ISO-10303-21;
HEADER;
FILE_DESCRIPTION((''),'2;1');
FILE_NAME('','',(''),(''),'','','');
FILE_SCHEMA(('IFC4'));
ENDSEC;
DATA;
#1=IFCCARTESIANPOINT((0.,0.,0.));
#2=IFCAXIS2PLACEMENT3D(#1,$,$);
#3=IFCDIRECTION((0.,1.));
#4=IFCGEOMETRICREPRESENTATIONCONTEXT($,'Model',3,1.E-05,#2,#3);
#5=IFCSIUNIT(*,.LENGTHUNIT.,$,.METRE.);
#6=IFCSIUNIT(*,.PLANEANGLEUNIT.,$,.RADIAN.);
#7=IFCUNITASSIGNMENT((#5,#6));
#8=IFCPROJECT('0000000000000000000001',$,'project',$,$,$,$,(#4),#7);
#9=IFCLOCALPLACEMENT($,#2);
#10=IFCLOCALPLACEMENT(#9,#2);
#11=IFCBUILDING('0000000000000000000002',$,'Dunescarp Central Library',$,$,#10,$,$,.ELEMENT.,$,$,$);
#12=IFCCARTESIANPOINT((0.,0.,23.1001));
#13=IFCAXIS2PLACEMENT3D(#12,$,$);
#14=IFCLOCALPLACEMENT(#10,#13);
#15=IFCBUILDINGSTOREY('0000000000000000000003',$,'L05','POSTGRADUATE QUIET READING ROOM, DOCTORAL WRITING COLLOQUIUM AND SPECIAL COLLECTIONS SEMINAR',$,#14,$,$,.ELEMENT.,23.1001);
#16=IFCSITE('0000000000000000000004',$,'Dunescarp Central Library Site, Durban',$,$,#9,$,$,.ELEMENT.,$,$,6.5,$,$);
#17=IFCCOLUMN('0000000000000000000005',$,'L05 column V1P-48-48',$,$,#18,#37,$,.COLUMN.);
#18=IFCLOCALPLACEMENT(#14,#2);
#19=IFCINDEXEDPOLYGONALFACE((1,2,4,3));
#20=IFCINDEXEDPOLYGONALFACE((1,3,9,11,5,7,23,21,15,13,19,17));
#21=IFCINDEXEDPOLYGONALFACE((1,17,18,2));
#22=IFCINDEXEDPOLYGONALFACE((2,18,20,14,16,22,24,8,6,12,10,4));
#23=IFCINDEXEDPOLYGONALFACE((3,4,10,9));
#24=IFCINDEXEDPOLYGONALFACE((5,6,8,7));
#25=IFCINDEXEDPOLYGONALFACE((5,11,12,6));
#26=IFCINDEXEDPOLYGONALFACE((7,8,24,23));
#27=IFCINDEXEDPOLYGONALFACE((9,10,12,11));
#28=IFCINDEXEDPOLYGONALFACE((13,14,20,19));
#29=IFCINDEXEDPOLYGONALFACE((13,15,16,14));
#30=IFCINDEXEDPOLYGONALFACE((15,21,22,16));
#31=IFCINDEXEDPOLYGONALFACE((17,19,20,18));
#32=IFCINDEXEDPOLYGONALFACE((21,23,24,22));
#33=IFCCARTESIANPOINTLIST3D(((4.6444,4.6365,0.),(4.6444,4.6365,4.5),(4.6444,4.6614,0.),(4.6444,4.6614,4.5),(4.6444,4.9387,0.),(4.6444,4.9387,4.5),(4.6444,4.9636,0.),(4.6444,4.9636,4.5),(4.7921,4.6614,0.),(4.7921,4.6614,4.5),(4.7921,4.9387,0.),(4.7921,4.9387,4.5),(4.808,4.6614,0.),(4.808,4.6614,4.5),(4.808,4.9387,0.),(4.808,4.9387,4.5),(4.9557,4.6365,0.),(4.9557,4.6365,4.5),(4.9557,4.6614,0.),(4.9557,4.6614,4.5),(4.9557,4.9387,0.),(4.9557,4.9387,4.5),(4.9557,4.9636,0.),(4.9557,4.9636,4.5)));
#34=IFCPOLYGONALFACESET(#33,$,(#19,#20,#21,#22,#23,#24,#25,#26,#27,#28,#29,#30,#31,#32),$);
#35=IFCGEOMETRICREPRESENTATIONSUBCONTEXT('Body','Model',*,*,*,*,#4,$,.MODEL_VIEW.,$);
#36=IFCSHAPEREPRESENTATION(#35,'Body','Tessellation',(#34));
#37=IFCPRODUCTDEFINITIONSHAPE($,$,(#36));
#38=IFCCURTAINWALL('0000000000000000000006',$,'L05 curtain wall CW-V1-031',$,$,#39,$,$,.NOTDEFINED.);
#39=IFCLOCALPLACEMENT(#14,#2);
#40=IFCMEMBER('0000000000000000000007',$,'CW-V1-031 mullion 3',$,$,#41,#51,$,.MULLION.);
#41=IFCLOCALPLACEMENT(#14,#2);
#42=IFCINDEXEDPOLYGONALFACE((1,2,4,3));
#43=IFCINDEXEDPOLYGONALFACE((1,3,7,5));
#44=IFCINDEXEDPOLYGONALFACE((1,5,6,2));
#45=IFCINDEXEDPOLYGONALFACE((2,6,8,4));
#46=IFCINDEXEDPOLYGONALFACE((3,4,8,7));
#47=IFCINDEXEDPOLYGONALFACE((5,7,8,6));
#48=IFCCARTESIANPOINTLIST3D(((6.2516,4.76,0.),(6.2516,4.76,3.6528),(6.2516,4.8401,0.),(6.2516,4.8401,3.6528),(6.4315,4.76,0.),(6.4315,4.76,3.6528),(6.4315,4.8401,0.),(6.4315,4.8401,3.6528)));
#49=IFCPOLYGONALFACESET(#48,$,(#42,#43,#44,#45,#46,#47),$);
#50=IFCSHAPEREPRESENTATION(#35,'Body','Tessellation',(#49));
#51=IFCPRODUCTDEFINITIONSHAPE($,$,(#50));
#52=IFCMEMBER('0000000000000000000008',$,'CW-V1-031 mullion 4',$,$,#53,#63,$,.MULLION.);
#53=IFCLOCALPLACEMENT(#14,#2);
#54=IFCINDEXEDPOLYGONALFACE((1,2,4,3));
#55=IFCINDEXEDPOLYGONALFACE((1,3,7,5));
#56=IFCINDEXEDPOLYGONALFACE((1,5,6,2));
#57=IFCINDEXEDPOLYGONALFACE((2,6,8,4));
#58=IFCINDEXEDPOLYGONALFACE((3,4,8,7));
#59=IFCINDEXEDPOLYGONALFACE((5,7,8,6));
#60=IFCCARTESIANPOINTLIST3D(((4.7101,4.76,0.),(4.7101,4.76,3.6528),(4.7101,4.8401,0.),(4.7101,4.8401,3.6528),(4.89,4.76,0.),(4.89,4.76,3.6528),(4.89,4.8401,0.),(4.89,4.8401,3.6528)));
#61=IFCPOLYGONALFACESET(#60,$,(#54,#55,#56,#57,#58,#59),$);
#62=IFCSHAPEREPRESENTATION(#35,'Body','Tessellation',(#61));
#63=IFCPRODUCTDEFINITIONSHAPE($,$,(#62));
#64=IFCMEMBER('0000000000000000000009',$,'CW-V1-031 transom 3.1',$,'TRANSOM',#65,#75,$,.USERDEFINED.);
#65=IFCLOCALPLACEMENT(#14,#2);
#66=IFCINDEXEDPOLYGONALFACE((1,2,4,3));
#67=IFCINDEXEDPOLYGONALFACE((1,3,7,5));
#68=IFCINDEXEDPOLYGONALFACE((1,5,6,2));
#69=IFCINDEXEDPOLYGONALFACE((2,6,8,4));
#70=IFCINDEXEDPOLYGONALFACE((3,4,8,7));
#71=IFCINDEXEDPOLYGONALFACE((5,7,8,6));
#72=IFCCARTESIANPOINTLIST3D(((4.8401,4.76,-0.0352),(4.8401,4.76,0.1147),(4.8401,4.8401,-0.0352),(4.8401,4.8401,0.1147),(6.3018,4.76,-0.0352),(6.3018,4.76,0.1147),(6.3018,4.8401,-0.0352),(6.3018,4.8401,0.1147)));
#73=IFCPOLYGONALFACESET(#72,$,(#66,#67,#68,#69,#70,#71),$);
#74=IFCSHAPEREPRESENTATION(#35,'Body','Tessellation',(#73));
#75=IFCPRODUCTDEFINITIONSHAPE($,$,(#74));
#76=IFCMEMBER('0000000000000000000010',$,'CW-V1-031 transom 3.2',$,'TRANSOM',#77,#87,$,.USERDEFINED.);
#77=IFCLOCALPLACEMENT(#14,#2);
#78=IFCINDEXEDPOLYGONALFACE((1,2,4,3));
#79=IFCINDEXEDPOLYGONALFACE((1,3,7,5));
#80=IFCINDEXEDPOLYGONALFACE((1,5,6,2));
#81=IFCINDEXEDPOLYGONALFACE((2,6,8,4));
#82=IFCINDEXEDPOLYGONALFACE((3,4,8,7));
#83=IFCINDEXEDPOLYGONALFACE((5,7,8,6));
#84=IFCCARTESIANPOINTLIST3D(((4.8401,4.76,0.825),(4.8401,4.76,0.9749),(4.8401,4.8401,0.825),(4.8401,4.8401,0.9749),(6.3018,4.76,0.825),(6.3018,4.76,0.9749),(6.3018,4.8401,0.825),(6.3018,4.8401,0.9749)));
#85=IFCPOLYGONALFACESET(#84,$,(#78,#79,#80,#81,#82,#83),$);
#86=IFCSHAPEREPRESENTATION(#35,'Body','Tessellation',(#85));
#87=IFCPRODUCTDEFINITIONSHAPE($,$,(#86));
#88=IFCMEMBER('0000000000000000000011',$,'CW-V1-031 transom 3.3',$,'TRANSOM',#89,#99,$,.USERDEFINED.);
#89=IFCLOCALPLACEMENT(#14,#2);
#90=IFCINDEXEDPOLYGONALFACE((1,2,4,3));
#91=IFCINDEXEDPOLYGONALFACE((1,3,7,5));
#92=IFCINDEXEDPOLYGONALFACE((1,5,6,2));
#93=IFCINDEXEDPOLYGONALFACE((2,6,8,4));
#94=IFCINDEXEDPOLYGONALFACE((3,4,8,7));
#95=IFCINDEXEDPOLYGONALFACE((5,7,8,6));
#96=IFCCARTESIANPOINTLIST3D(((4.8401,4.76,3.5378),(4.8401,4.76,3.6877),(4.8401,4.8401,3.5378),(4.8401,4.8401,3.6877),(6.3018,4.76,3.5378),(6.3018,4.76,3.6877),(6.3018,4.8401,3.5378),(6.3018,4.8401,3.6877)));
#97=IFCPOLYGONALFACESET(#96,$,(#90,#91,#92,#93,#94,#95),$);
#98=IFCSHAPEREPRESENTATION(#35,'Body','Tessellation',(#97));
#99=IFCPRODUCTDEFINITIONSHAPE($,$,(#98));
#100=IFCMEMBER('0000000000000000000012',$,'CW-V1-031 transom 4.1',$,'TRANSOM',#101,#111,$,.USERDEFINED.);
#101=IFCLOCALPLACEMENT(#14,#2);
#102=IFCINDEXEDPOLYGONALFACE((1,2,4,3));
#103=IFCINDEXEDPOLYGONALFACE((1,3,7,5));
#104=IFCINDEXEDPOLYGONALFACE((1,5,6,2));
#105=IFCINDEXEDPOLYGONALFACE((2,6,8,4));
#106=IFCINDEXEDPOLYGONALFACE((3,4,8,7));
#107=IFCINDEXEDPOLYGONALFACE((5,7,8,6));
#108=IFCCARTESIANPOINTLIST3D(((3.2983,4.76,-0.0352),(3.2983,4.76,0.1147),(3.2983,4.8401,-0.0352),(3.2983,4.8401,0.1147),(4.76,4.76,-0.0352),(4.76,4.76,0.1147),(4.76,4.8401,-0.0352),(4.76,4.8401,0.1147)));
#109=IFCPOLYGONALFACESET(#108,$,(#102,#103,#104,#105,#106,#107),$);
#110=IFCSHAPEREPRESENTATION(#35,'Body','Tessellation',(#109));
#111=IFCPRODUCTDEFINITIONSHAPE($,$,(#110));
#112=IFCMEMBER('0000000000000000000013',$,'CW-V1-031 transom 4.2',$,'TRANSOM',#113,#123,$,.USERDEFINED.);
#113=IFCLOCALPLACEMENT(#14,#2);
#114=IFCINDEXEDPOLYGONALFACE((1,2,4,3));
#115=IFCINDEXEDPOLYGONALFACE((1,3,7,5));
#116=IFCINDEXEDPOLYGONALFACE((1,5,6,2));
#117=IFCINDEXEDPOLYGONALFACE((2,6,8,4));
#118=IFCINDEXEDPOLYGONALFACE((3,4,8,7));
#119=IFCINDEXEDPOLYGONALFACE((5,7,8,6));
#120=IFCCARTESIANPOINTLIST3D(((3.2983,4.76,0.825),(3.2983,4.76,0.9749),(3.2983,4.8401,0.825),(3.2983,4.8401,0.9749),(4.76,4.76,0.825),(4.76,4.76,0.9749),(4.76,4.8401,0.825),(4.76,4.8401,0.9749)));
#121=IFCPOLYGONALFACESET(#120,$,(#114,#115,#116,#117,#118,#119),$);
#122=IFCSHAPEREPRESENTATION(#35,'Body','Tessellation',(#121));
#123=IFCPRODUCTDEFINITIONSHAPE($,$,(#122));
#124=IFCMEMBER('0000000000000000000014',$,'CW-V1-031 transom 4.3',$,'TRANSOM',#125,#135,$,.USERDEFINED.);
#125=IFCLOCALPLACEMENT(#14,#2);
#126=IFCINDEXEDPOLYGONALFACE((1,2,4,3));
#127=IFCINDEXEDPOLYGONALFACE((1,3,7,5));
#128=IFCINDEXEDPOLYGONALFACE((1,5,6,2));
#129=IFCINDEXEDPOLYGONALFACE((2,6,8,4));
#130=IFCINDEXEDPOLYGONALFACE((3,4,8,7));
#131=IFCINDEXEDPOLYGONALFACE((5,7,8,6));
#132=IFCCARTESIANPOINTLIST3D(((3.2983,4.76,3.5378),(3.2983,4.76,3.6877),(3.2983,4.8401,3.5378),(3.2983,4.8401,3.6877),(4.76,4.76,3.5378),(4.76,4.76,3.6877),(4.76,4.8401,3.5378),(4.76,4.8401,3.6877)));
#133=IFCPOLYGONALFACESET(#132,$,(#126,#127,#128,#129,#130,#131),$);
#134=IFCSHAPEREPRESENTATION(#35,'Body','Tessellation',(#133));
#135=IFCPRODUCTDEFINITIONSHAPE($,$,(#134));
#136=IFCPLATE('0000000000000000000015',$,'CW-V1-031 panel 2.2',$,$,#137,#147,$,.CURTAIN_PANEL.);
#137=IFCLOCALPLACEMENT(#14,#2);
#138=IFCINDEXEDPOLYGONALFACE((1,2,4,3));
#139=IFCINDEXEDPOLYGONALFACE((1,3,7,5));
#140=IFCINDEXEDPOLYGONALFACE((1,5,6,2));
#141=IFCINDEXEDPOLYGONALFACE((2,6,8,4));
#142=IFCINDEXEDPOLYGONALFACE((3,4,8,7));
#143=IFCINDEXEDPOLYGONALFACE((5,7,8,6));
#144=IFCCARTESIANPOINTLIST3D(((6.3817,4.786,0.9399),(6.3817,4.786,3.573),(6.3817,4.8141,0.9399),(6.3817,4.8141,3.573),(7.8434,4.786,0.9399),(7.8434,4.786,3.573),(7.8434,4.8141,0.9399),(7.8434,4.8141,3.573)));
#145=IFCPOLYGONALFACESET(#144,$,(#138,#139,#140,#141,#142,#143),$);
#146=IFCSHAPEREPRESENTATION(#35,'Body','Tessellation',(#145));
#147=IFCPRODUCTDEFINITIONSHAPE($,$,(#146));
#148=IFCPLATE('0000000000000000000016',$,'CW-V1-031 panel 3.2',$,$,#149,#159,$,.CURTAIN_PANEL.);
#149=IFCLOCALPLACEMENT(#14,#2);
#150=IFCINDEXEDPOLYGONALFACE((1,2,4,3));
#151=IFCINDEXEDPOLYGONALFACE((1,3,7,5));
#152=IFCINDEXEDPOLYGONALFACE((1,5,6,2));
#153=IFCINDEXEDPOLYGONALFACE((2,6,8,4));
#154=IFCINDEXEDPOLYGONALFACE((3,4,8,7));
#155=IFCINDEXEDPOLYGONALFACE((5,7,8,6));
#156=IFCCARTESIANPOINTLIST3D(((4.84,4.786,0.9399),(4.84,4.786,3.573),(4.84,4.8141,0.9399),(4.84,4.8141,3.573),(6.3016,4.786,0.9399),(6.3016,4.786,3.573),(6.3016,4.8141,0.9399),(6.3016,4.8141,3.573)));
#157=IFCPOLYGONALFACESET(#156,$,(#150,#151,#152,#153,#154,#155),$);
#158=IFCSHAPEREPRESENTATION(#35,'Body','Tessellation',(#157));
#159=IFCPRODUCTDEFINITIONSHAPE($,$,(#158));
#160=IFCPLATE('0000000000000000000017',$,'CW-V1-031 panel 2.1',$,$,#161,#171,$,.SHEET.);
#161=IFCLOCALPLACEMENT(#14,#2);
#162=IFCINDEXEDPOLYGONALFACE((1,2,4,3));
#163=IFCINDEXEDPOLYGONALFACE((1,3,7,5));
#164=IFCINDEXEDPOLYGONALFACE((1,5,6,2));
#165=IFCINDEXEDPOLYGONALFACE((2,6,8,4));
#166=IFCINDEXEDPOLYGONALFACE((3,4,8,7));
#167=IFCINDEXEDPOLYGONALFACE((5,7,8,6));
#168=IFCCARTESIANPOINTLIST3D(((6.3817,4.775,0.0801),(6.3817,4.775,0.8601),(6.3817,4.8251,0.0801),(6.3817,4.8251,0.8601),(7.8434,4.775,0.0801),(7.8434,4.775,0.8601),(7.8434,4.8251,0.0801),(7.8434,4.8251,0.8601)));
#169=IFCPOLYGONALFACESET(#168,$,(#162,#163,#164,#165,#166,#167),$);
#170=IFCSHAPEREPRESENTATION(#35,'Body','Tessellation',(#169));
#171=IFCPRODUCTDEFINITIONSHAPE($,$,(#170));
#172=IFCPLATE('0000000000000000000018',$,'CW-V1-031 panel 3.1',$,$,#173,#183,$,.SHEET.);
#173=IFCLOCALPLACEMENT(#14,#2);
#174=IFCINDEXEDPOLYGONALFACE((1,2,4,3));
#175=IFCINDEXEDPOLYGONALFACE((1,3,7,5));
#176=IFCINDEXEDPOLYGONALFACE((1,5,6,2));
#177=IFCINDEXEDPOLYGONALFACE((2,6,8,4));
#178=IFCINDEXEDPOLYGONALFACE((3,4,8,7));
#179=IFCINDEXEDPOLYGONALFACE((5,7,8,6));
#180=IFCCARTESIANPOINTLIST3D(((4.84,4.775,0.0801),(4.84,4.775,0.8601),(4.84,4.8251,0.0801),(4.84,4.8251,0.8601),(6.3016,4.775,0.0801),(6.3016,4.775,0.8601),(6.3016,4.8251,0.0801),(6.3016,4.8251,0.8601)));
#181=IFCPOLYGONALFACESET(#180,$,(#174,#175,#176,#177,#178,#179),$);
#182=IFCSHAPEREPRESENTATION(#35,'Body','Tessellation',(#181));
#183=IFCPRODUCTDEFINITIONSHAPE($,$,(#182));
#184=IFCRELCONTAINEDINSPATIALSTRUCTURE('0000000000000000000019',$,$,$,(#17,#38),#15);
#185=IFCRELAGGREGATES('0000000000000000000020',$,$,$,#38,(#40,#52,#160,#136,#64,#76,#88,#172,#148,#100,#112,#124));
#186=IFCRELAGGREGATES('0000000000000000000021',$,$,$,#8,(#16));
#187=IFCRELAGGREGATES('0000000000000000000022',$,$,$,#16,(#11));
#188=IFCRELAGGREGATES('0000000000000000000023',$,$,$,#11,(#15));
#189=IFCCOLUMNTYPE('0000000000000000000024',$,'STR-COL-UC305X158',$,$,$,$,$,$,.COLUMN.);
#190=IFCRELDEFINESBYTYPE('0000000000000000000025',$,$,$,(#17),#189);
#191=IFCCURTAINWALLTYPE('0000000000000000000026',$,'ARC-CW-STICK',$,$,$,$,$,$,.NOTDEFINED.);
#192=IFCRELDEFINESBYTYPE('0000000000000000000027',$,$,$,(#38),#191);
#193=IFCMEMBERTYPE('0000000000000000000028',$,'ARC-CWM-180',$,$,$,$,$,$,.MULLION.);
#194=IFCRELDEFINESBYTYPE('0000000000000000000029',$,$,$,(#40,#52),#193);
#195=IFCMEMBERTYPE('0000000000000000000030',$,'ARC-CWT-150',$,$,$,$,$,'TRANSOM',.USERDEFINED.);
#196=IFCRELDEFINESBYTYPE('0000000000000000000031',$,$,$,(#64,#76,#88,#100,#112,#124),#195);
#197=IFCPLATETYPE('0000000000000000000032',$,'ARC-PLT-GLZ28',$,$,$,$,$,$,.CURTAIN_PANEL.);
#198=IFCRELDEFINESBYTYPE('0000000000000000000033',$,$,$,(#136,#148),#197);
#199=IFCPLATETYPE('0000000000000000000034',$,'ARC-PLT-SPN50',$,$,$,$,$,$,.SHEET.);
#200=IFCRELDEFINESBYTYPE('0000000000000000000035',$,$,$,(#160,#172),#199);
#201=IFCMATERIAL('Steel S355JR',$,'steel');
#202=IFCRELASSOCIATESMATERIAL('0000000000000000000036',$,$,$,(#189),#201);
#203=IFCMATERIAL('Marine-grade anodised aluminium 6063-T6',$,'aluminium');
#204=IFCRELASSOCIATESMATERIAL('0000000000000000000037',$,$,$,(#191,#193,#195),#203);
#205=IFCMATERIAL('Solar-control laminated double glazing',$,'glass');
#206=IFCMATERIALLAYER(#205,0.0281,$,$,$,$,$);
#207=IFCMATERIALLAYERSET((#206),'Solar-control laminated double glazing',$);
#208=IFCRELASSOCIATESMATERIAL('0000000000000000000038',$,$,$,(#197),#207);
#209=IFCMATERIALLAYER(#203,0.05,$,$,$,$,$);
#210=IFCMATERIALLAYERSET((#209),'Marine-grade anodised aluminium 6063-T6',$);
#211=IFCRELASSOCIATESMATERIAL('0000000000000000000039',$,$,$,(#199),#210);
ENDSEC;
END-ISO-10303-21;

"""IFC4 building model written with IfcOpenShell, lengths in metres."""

from ifc_helpers import new_model, si_unit, direction, frame, origin, origin_2d, place, context, subcontext, project, spatial, rectangle, i_section, extrude, material, layer, layer_set, material_profile, profile_set, type_object, element, aggregate, save


model = new_model("IFC4")

# Units and contexts
model_context = context("Model", 3, precision=1e-05, world=origin(), true_north=direction((0.0, 1.0)))
body_context = subcontext(model_context, "Body", "Model", "MODEL_VIEW")
ifc_project = project(units=[si_unit("LENGTHUNIT", "METRE"), si_unit("PLANEANGLEUNIT", "RADIAN")], contexts=[model_context])

# Site, building, storey
site_placement = place(None, origin())
site = spatial("IfcSite", under=ifc_project, at=site_placement, Name="Dunescarp Central Library Site, Durban", CompositionType="ELEMENT", RefElevation=6.5)
building_placement = place(site_placement, origin())
building = spatial("IfcBuilding", under=site, at=building_placement, Name="Dunescarp Central Library", CompositionType="ELEMENT")
storey_placement = place(building_placement, frame((0.0, 0.0, 23.1001)))
storey = spatial("IfcBuildingStorey", under=building, at=storey_placement, Name="L05", Description="POSTGRADUATE QUIET READING ROOM, DOCTORAL WRITING COLLOQUIUM AND SPECIAL COLLECTIONS SEMINAR", CompositionType="ELEMENT", Elevation=23.1001)

# Column
ifc_material_1 = material(Name="Steel S355JR", Category="steel")
ifc_material_profile_1 = material_profile(ifc_material_1, i_section(OverallWidth=0.3113, OverallDepth=0.3271, WebThickness=0.0159, FlangeThickness=0.0249, at=origin_2d()), Name="UC 305x305x158")
ifc_profile_set_1 = profile_set([ifc_material_profile_1], Name="Steel S355JR")
column_type = type_object("IfcColumnType", Name="STR-COL-UC305X158", PredefinedType="COLUMN", material=ifc_profile_set_1)
column_placement = place(storey_placement, frame((4.8, 4.8, 0.0), z_axis=(0.0, 0.0, 1.0), x_axis=(1.0, 0.0, 0.0)))
element("IfcColumn", 1, at=column_placement, inside=storey, type_object=column_type, Name="L05 column V1P-48-48", PredefinedType="COLUMN", context=body_context, shape_type="SweptSolid", body=[
    extrude(i_section(OverallWidth=0.3113, OverallDepth=0.3271, WebThickness=0.0159, FlangeThickness=0.0249, at=origin_2d()), origin(), (0.0, 0.0, 1.0), 4.5),
])

# Curtain wall, members, plates
ifc_material_2 = material(Name="Marine-grade anodised aluminium 6063-T6", Category="aluminium")
curtain_wall_type = type_object("IfcCurtainWallType", Name="ARC-CW-STICK", PredefinedType="NOTDEFINED", material=ifc_material_2)
curtain_wall_placement = place(storey_placement, origin())
curtain_wall = element("IfcCurtainWall", 2, at=curtain_wall_placement, inside=storey, type_object=curtain_wall_type, Name="L05 curtain wall CW-V1-031", PredefinedType="NOTDEFINED")
ifc_material_profile_2 = material_profile(ifc_material_2, rectangle(XDim=0.0801, YDim=0.1799, at=origin_2d()), Name="AL 80x180")
ifc_profile_set_2 = profile_set([ifc_material_profile_2], Name="Marine-grade anodised aluminium 6063-T6")
member_type_1 = type_object("IfcMemberType", Name="ARC-CWM-180", PredefinedType="MULLION", material=ifc_profile_set_2)
member_1_placement = place(storey_placement, frame((6.3416, 4.8, 0.0), z_axis=(0.0, 0.0, 1.0), x_axis=(0.0, -1.0, 0.0)))
member_1 = element("IfcMember", 3, at=member_1_placement, type_object=member_type_1, Name="CW-V1-031 mullion 3", PredefinedType="MULLION", context=body_context, shape_type="SweptSolid", body=[
    extrude(rectangle(XDim=0.0801, YDim=0.1799, at=origin_2d()), origin(), (0.0, 0.0, 1.0), 3.6528),
])
member_2_placement = place(storey_placement, frame((4.8, 4.8, 0.0), z_axis=(0.0, 0.0, 1.0), x_axis=(0.0, -1.0, 0.0)))
member_2 = element("IfcMember", 4, at=member_2_placement, type_object=member_type_1, Name="CW-V1-031 mullion 4", PredefinedType="MULLION", context=body_context, shape_type="SweptSolid", body=[
    extrude(rectangle(XDim=0.0801, YDim=0.1799, at=origin_2d()), origin(), (0.0, 0.0, 1.0), 3.6528),
])
ifc_material_profile_3 = material_profile(ifc_material_2, rectangle(XDim=0.0801, YDim=0.1499, at=origin_2d()), Name="AL 80x150")
ifc_profile_set_3 = profile_set([ifc_material_profile_3], Name="Marine-grade anodised aluminium 6063-T6")
member_type_2 = type_object("IfcMemberType", Name="ARC-CWT-150", ElementType="TRANSOM", PredefinedType="USERDEFINED", material=ifc_profile_set_3)
member_3_placement = place(storey_placement, frame((6.3018, 4.8, 0.0398), z_axis=(-1.0, 0.0, 0.0), x_axis=(0.0, -1.0, 0.0)))
member_3 = element("IfcMember", 5, at=member_3_placement, type_object=member_type_2, Name="CW-V1-031 transom 3.1", ObjectType="TRANSOM", PredefinedType="USERDEFINED", context=body_context, shape_type="SweptSolid", body=[
    extrude(rectangle(XDim=0.0801, YDim=0.1499, at=origin_2d()), origin(), (0.0, 0.0, 1.0), 1.4617),
])
member_4_placement = place(storey_placement, frame((6.3018, 4.8, 0.8999), z_axis=(-1.0, 0.0, 0.0), x_axis=(0.0, -1.0, 0.0)))
member_4 = element("IfcMember", 6, at=member_4_placement, type_object=member_type_2, Name="CW-V1-031 transom 3.2", ObjectType="TRANSOM", PredefinedType="USERDEFINED", context=body_context, shape_type="SweptSolid", body=[
    extrude(rectangle(XDim=0.0801, YDim=0.1499, at=origin_2d()), origin(), (0.0, 0.0, 1.0), 1.4617),
])
member_5_placement = place(storey_placement, frame((6.3018, 4.8, 3.6128), z_axis=(-1.0, 0.0, 0.0), x_axis=(0.0, -1.0, 0.0)))
member_5 = element("IfcMember", 7, at=member_5_placement, type_object=member_type_2, Name="CW-V1-031 transom 3.3", ObjectType="TRANSOM", PredefinedType="USERDEFINED", context=body_context, shape_type="SweptSolid", body=[
    extrude(rectangle(XDim=0.0801, YDim=0.1499, at=origin_2d()), origin(), (0.0, 0.0, 1.0), 1.4617),
])
member_6_placement = place(storey_placement, frame((4.76, 4.8, 0.0398), z_axis=(-1.0, 0.0, 0.0), x_axis=(0.0, -1.0, 0.0)))
member_6 = element("IfcMember", 8, at=member_6_placement, type_object=member_type_2, Name="CW-V1-031 transom 4.1", ObjectType="TRANSOM", PredefinedType="USERDEFINED", context=body_context, shape_type="SweptSolid", body=[
    extrude(rectangle(XDim=0.0801, YDim=0.1499, at=origin_2d()), origin(), (0.0, 0.0, 1.0), 1.4617),
])
member_7_placement = place(storey_placement, frame((4.76, 4.8, 0.8999), z_axis=(-1.0, 0.0, 0.0), x_axis=(0.0, -1.0, 0.0)))
member_7 = element("IfcMember", 9, at=member_7_placement, type_object=member_type_2, Name="CW-V1-031 transom 4.2", ObjectType="TRANSOM", PredefinedType="USERDEFINED", context=body_context, shape_type="SweptSolid", body=[
    extrude(rectangle(XDim=0.0801, YDim=0.1499, at=origin_2d()), origin(), (0.0, 0.0, 1.0), 1.4617),
])
member_8_placement = place(storey_placement, frame((4.76, 4.8, 3.6128), z_axis=(-1.0, 0.0, 0.0), x_axis=(0.0, -1.0, 0.0)))
member_8 = element("IfcMember", 10, at=member_8_placement, type_object=member_type_2, Name="CW-V1-031 transom 4.3", ObjectType="TRANSOM", PredefinedType="USERDEFINED", context=body_context, shape_type="SweptSolid", body=[
    extrude(rectangle(XDim=0.0801, YDim=0.1499, at=origin_2d()), origin(), (0.0, 0.0, 1.0), 1.4617),
])
ifc_material_3 = material(Name="Solar-control laminated double glazing", Category="glass")
ifc_layer_1 = layer(ifc_material_3, 0.0281)
ifc_layer_set_1 = layer_set([ifc_layer_1], Name="Solar-control laminated double glazing")
plate_type_1 = type_object("IfcPlateType", Name="ARC-PLT-GLZ28", PredefinedType="CURTAIN_PANEL", material=ifc_layer_set_1)
plate_1_placement = place(storey_placement, frame((7.1125, 4.8, 0.9399), z_axis=(0.0, 0.0, 1.0), x_axis=(-1.0, 0.0, 0.0)))
plate_1 = element("IfcPlate", 11, at=plate_1_placement, type_object=plate_type_1, Name="CW-V1-031 panel 2.2", PredefinedType="CURTAIN_PANEL", context=body_context, shape_type="SweptSolid", body=[
    extrude(rectangle(XDim=1.4617, YDim=0.0281, at=origin_2d()), origin(), (0.0, 0.0, 1.0), 2.6331),
])
plate_2_placement = place(storey_placement, frame((5.5708, 4.8, 0.9399), z_axis=(0.0, 0.0, 1.0), x_axis=(-1.0, 0.0, 0.0)))
plate_2 = element("IfcPlate", 12, at=plate_2_placement, type_object=plate_type_1, Name="CW-V1-031 panel 3.2", PredefinedType="CURTAIN_PANEL", context=body_context, shape_type="SweptSolid", body=[
    extrude(rectangle(XDim=1.4617, YDim=0.0281, at=origin_2d()), origin(), (0.0, 0.0, 1.0), 2.6331),
])
ifc_layer_2 = layer(ifc_material_2, 0.05)
ifc_layer_set_2 = layer_set([ifc_layer_2], Name="Marine-grade anodised aluminium 6063-T6")
plate_type_2 = type_object("IfcPlateType", Name="ARC-PLT-SPN50", PredefinedType="SHEET", material=ifc_layer_set_2)
plate_3_placement = place(storey_placement, frame((7.1125, 4.8, 0.0801), z_axis=(0.0, 0.0, 1.0), x_axis=(-1.0, 0.0, 0.0)))
plate_3 = element("IfcPlate", 13, at=plate_3_placement, type_object=plate_type_2, Name="CW-V1-031 panel 2.1", PredefinedType="SHEET", context=body_context, shape_type="SweptSolid", body=[
    extrude(rectangle(XDim=1.4617, YDim=0.05, at=origin_2d()), origin(), (0.0, 0.0, 1.0), 0.78),
])
plate_4_placement = place(storey_placement, frame((5.5708, 4.8, 0.0801), z_axis=(0.0, 0.0, 1.0), x_axis=(-1.0, 0.0, 0.0)))
plate_4 = element("IfcPlate", 14, at=plate_4_placement, type_object=plate_type_2, Name="CW-V1-031 panel 3.1", PredefinedType="SHEET", context=body_context, shape_type="SweptSolid", body=[
    extrude(rectangle(XDim=1.4617, YDim=0.05, at=origin_2d()), origin(), (0.0, 0.0, 1.0), 0.78),
])
aggregate(curtain_wall, [member_1, member_2, plate_3, plate_1, member_3, member_4, member_5, plate_4, plate_2, member_6, member_7, member_8])

save(model, "model.ifc")
